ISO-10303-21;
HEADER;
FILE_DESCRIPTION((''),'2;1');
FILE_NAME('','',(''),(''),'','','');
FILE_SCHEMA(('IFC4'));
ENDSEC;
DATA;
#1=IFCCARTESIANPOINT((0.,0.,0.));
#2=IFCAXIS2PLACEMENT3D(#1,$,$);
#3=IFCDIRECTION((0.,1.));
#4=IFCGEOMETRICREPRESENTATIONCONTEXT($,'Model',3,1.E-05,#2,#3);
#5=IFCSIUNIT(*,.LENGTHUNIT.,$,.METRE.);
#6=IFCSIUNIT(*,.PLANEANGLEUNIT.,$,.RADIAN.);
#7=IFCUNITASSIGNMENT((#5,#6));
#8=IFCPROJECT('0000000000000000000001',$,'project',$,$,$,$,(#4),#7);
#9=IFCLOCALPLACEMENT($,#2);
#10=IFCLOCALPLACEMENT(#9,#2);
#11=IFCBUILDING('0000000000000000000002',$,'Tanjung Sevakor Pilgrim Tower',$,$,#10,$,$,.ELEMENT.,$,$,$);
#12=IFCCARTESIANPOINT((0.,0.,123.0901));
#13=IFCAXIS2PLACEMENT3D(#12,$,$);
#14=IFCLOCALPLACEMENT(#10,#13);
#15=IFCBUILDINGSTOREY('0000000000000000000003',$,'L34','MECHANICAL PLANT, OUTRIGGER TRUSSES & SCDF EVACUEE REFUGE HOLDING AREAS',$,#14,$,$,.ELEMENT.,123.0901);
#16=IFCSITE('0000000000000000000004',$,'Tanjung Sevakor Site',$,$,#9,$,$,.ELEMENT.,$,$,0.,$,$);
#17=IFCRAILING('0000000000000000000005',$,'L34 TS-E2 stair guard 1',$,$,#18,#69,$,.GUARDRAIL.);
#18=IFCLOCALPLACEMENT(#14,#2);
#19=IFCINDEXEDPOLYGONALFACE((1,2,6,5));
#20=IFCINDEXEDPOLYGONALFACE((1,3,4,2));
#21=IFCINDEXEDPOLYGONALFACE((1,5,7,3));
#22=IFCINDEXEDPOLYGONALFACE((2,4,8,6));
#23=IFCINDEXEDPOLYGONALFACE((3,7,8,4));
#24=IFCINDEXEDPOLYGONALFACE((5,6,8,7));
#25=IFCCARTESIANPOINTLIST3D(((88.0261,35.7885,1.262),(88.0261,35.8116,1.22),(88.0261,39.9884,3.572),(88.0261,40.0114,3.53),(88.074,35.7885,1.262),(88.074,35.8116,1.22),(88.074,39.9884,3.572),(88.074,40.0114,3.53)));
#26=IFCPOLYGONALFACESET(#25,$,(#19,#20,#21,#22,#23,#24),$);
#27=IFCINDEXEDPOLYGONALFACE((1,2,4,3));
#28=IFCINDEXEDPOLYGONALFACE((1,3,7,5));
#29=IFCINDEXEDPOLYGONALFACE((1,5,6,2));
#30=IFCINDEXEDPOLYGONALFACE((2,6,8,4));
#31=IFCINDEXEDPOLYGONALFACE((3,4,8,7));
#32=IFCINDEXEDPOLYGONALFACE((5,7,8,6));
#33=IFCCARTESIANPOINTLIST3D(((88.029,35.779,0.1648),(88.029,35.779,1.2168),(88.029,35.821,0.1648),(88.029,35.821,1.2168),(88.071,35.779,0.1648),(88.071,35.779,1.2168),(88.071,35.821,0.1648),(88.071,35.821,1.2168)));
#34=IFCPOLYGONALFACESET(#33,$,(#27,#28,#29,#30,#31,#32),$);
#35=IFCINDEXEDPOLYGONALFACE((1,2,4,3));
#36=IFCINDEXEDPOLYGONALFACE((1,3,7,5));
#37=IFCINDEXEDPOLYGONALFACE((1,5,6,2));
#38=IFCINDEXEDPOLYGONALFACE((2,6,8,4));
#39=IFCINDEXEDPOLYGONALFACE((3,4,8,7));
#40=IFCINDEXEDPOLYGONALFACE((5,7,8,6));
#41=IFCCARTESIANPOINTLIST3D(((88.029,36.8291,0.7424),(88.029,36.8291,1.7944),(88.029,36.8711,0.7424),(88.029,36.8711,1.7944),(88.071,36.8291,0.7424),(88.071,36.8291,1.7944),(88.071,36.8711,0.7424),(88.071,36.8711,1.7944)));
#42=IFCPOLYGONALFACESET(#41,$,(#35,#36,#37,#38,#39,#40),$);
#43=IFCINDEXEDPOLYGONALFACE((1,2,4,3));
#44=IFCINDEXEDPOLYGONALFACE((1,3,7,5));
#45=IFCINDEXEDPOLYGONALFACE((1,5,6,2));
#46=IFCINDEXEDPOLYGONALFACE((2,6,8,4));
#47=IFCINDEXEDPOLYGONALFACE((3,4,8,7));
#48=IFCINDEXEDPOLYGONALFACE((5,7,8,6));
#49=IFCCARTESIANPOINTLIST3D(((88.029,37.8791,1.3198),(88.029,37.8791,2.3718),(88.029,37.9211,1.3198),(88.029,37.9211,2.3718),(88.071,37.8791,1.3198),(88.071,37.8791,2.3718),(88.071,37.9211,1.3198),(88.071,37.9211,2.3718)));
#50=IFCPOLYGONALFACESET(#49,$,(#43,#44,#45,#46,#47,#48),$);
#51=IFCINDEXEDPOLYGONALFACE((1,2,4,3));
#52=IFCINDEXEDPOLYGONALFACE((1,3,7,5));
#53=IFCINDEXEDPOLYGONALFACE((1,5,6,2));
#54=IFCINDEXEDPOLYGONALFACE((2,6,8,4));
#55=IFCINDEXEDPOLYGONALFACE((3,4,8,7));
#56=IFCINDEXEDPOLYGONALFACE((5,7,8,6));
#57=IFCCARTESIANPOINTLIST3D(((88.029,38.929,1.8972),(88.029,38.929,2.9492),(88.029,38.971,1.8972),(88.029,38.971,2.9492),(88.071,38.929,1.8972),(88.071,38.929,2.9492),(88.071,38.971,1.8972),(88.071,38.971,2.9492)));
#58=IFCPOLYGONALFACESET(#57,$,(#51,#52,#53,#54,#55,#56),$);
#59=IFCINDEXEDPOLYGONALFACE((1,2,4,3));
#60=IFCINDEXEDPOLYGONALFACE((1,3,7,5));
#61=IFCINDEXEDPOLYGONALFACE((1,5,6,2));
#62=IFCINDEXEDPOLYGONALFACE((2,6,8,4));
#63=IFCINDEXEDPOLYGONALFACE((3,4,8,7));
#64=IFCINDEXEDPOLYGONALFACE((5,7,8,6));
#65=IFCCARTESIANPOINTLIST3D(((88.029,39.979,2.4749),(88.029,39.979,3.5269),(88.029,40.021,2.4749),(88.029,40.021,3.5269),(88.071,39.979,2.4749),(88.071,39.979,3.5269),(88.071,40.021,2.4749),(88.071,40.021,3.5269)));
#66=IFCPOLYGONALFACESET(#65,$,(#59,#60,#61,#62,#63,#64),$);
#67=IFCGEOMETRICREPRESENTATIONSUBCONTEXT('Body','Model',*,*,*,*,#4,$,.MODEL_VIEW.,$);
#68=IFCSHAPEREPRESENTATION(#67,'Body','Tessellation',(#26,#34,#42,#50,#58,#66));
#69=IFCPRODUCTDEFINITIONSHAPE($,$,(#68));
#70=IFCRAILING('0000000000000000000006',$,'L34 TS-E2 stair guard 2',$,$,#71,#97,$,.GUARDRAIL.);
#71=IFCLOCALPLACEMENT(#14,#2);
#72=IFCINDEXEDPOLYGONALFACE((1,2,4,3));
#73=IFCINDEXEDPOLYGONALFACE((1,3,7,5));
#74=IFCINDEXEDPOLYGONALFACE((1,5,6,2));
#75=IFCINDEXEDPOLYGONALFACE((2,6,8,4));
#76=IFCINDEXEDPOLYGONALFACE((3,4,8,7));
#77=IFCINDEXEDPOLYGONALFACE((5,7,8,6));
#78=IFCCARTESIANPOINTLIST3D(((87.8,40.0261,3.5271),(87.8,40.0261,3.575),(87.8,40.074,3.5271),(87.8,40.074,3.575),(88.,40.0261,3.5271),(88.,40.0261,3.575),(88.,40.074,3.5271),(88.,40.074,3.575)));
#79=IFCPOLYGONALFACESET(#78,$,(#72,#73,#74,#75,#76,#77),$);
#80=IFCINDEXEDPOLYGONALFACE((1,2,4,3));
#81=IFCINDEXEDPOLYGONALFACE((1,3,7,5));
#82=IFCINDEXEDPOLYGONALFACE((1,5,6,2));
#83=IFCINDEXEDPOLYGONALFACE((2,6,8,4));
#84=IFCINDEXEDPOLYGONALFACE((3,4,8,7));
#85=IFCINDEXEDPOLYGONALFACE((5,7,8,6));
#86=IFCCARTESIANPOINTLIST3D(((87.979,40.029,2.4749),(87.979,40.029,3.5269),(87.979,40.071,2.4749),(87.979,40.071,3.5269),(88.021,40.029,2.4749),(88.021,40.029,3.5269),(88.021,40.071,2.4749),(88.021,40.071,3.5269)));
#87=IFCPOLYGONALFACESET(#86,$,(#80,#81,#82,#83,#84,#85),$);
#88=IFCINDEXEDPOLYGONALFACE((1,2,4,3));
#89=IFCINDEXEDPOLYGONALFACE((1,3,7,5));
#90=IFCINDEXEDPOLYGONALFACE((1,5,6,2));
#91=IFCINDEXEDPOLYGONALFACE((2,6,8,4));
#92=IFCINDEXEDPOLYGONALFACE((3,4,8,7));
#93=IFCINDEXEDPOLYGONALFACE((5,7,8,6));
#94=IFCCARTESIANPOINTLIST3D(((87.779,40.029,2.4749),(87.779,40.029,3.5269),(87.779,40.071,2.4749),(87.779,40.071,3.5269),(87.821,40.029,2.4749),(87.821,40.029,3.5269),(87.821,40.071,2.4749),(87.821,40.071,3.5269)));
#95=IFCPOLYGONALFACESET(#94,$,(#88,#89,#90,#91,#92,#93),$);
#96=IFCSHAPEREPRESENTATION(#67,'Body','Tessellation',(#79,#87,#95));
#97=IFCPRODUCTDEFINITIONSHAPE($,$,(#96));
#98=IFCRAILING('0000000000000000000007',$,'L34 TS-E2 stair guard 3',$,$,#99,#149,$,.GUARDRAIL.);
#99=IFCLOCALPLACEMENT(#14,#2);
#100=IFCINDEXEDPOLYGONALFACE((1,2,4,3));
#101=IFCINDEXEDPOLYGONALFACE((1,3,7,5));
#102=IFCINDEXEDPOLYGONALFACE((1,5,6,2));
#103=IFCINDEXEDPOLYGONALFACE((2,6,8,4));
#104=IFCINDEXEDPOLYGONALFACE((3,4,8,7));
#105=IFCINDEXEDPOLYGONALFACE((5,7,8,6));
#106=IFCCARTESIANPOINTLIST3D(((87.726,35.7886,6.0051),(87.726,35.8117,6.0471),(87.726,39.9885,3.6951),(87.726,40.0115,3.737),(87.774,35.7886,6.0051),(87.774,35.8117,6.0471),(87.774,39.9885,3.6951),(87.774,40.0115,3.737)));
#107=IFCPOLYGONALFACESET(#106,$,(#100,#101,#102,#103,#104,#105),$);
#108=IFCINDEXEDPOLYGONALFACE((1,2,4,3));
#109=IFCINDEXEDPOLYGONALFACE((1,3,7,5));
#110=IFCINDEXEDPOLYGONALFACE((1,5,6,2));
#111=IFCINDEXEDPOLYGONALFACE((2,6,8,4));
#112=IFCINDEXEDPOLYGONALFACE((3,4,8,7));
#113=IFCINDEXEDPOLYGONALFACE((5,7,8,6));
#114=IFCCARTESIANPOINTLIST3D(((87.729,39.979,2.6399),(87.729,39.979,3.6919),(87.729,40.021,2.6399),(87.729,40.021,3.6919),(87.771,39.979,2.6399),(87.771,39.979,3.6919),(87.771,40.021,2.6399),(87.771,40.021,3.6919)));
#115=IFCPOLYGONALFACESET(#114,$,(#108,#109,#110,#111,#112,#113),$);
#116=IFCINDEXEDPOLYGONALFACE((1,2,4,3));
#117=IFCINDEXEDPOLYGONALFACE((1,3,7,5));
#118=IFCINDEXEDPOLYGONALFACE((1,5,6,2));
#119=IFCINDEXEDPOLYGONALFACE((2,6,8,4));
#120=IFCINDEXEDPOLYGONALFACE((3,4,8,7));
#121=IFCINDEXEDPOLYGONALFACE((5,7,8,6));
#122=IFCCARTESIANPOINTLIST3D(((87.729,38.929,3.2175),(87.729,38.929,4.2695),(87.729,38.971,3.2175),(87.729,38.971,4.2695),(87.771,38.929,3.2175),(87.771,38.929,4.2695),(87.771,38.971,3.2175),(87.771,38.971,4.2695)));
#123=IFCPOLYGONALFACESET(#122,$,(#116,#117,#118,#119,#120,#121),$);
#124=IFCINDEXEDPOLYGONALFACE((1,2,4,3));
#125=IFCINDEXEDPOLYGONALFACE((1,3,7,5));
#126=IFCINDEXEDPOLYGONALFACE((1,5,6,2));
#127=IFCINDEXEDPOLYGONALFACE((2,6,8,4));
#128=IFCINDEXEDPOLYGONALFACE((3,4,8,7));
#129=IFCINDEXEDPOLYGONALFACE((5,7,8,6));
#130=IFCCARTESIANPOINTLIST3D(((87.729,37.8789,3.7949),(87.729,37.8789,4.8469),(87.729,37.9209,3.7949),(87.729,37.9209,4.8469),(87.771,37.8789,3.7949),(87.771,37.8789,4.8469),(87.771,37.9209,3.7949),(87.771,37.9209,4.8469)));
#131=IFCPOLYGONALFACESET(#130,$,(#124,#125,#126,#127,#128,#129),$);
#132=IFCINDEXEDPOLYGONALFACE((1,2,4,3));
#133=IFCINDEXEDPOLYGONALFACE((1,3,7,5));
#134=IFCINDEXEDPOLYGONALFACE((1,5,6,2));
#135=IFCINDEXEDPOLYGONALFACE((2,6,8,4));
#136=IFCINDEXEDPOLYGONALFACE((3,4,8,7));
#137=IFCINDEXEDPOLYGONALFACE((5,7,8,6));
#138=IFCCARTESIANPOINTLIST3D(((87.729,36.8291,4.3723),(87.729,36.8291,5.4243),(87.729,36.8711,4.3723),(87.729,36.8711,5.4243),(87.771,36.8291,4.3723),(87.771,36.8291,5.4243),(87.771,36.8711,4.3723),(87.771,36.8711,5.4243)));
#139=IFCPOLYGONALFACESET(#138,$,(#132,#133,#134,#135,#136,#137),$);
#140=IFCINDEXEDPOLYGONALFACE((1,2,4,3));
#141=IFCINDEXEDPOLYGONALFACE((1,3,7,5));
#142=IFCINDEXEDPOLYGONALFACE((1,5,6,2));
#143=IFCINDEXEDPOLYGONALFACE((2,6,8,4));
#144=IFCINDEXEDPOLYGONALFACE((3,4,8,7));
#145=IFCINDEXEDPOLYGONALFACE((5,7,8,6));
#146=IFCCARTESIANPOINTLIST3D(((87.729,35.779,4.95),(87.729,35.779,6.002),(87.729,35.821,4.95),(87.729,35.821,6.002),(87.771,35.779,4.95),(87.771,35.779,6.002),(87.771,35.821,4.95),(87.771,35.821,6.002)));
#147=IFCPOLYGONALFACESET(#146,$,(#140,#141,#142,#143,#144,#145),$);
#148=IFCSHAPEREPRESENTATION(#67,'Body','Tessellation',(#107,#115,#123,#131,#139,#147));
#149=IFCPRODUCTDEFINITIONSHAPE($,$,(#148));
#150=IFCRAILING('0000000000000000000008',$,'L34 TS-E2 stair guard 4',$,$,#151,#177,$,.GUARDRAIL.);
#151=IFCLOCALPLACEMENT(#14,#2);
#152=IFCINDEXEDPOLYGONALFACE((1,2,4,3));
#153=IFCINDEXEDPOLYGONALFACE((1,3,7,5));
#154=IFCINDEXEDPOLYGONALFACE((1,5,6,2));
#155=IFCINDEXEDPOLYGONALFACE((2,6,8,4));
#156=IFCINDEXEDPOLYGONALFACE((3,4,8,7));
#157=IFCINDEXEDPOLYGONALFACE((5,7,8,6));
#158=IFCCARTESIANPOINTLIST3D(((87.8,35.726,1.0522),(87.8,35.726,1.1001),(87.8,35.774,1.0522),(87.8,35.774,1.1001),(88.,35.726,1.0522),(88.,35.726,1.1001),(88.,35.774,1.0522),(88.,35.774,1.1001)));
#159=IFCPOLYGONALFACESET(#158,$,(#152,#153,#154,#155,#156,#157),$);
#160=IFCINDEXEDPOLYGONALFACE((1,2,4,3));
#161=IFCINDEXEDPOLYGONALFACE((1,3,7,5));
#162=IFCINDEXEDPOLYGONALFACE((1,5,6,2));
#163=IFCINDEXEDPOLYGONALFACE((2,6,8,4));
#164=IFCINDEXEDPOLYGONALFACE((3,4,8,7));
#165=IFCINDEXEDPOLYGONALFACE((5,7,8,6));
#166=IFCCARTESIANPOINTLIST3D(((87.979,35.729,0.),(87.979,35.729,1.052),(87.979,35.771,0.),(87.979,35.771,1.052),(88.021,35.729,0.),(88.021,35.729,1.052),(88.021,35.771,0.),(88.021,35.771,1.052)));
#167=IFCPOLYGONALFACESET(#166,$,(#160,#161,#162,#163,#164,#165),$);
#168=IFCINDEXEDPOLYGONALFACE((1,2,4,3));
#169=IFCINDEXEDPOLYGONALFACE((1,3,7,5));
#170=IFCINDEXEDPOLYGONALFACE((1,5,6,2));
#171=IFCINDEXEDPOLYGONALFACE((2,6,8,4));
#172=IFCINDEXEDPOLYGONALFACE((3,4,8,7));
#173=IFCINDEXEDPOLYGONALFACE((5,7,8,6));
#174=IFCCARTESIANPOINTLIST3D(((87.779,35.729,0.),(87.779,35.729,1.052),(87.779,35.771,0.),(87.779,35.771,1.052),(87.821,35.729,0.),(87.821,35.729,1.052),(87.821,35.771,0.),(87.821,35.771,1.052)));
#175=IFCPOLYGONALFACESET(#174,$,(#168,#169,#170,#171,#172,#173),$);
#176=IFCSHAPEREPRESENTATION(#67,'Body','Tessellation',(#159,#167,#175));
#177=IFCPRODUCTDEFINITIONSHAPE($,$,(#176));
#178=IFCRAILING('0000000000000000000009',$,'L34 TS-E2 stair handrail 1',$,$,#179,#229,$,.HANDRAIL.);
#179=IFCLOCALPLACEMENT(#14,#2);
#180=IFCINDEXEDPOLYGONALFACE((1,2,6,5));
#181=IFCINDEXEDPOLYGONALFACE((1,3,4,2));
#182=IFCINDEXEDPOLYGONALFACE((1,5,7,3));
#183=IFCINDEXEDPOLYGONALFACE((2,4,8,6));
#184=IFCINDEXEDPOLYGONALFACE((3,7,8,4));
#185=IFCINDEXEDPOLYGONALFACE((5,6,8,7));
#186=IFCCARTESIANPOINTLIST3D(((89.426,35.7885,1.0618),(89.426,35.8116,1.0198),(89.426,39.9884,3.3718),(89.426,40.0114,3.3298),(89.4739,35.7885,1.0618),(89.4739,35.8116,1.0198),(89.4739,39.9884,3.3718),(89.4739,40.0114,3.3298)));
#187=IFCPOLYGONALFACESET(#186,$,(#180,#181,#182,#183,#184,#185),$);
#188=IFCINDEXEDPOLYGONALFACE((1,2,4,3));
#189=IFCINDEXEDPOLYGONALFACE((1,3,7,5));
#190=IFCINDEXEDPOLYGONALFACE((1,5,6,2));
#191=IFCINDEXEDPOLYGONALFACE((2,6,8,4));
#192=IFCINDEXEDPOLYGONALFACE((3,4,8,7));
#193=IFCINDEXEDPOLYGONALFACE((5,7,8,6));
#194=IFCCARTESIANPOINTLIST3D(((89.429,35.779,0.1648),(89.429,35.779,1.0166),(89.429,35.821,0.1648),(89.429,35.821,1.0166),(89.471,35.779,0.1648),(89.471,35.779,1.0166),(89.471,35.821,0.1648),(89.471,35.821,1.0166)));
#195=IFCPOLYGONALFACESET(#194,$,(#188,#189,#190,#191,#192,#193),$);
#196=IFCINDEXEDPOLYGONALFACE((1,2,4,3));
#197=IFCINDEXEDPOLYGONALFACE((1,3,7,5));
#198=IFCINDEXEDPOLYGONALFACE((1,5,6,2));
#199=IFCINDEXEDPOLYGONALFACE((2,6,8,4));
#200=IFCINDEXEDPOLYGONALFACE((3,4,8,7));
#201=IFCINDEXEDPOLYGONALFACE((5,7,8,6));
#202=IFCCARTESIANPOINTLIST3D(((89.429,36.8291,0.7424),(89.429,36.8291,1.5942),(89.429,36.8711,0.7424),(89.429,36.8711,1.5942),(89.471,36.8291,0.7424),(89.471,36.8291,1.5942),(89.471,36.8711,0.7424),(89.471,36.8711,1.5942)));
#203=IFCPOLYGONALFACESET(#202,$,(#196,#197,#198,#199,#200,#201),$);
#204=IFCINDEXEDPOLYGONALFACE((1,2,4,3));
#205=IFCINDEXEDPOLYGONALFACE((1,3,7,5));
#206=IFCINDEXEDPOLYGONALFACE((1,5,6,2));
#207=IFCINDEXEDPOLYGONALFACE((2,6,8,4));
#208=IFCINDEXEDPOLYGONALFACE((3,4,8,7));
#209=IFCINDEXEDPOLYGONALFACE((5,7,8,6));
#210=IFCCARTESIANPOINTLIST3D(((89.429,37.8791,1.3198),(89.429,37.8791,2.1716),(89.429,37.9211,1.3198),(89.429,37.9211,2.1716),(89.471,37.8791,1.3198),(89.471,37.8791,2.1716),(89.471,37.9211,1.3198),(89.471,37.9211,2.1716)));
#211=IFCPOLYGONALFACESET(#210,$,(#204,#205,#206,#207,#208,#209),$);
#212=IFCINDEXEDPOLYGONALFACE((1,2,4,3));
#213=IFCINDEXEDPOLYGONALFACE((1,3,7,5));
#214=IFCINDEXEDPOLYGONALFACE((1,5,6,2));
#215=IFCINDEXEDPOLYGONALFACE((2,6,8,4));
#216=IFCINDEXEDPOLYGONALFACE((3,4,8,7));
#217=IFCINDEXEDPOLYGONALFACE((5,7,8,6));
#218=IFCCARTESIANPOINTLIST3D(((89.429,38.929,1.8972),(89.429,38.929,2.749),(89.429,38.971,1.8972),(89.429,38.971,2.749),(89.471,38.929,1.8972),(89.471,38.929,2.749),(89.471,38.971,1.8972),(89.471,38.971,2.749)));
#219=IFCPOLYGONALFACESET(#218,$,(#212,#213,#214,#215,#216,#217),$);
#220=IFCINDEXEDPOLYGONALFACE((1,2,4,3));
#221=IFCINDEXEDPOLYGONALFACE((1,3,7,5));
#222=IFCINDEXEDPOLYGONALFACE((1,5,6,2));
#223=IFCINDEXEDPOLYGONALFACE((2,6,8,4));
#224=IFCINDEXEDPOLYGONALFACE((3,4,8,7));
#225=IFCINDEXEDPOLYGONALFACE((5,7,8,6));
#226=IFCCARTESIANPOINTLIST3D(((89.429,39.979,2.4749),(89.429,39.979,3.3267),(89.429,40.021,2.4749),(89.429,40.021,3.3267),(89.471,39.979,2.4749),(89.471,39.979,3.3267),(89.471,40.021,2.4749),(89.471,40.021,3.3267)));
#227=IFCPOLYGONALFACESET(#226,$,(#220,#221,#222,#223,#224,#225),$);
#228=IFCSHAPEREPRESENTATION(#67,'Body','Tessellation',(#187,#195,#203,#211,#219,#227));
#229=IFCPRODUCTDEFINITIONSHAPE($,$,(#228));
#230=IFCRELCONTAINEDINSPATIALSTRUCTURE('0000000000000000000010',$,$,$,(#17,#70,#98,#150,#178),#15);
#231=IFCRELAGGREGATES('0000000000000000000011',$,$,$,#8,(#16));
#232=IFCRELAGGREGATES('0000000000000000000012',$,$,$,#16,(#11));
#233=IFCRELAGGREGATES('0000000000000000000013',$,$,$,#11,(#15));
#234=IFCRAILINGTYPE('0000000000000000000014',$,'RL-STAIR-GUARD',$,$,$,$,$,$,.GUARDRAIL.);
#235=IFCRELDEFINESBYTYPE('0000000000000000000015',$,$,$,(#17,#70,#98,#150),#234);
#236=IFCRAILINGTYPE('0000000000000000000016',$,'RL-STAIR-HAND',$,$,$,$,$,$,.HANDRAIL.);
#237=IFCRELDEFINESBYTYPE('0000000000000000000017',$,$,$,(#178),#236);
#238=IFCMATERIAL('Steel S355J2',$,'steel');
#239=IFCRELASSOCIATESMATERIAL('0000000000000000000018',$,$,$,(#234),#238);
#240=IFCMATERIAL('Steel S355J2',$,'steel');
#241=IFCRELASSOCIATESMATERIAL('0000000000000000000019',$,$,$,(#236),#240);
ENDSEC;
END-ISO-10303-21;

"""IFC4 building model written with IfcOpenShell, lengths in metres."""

from ifc_helpers import new_model, si_unit, direction, frame, origin, place, context, subcontext, project, spatial, rectangle, extrude, material, type_object, element, save


model = new_model("IFC4")

# Units and contexts
model_context = context("Model", 3, precision=1e-05, world=origin(), true_north=direction((0.0, 1.0)))
body_context = subcontext(model_context, "Body", "Model", "MODEL_VIEW")
ifc_project = project(units=[si_unit("LENGTHUNIT", "METRE"), si_unit("PLANEANGLEUNIT", "RADIAN")], contexts=[model_context])

# Site, building, storey
site_placement = place(None, origin())
site = spatial("IfcSite", under=ifc_project, at=site_placement, Name="Tanjung Sevakor Site", CompositionType="ELEMENT", RefElevation=0.0)
building_placement = place(site_placement, origin())
building = spatial("IfcBuilding", under=site, at=building_placement, Name="Tanjung Sevakor Pilgrim Tower", CompositionType="ELEMENT")
storey_placement = place(building_placement, frame((0.0, 0.0, 123.0901)))
storey = spatial("IfcBuildingStorey", under=building, at=storey_placement, Name="L34", Description="MECHANICAL PLANT, OUTRIGGER TRUSSES & SCDF EVACUEE REFUGE HOLDING AREAS", CompositionType="ELEMENT", Elevation=123.0901)

# Railings
ifc_material_1 = material(Name="Steel S355J2", Category="steel")
railing_type_1 = type_object("IfcRailingType", Name="RL-STAIR-GUARD", PredefinedType="GUARDRAIL", material=ifc_material_1)
railing_1_placement = place(storey_placement, frame((88.05, 35.8, 0.1648)))
element("IfcRailing", 1, at=railing_1_placement, inside=storey, type_object=railing_type_1, Name="L34 TS-E2 stair guard 1", PredefinedType="GUARDRAIL", context=body_context, shape_type="SweptSolid", body=[
    extrude(rectangle(XDim=0.0479, YDim=0.0479), frame((0.0, 0.0, 1.0762), z_axis=(0.0, 0.876208, 0.481932), x_axis=(-1.0, 0.0, 0.0)), (0.0, 0.0, 1.0), 4.7932),
    extrude(rectangle(XDim=0.042, YDim=0.042), origin(), (0.0, 0.0, 1.0), 1.052),
    extrude(rectangle(XDim=0.042, YDim=0.042), frame((0.0, 1.05, 0.5776)), (0.0, 0.0, 1.0), 1.052),
    extrude(rectangle(XDim=0.042, YDim=0.042), frame((0.0, 2.1001, 1.155)), (0.0, 0.0, 1.0), 1.052),
    extrude(rectangle(XDim=0.042, YDim=0.042), frame((0.0, 3.1499, 1.7324)), (0.0, 0.0, 1.0), 1.052),
    extrude(rectangle(XDim=0.042, YDim=0.042), frame((0.0, 4.2, 2.3101)), (0.0, 0.0, 1.0), 1.052),
])
railing_2_placement = place(storey_placement, frame((88.0, 40.05, 2.4749)))
element("IfcRailing", 2, at=railing_2_placement, inside=storey, type_object=railing_type_1, Name="L34 TS-E2 stair guard 2", PredefinedType="GUARDRAIL", context=body_context, shape_type="SweptSolid", body=[
    extrude(rectangle(XDim=0.0479, YDim=0.0479), frame((0.0, 0.0, 1.0762), z_axis=(-1.0, 0.0, 0.0), x_axis=(0.0, -1.0, 0.0)), (0.0, 0.0, 1.0), 0.2),
    extrude(rectangle(XDim=0.042, YDim=0.042), origin(), (0.0, 0.0, 1.0), 1.052),
    extrude(rectangle(XDim=0.042, YDim=0.042), frame((-0.2, 0.0, 0.0)), (0.0, 0.0, 1.0), 1.052),
])
railing_3_placement = place(storey_placement, frame((87.75, 40.0, 2.6399)))
element("IfcRailing", 3, at=railing_3_placement, inside=storey, type_object=railing_type_1, Name="L34 TS-E2 stair guard 3", PredefinedType="GUARDRAIL", context=body_context, shape_type="SweptSolid", body=[
    extrude(rectangle(XDim=0.0479, YDim=0.0479), frame((0.0, 0.0, 1.0762), z_axis=(0.0, -0.876208, 0.481932), x_axis=(1.0, 0.0, 0.0)), (0.0, 0.0, 1.0), 4.7932),
    extrude(rectangle(XDim=0.042, YDim=0.042), origin(), (0.0, 0.0, 1.0), 1.052),
    extrude(rectangle(XDim=0.042, YDim=0.042), frame((0.0, -1.05, 0.5776)), (0.0, 0.0, 1.0), 1.052),
    extrude(rectangle(XDim=0.042, YDim=0.042), frame((0.0, -2.1001, 1.155)), (0.0, 0.0, 1.0), 1.052),
    extrude(rectangle(XDim=0.042, YDim=0.042), frame((0.0, -3.1499, 1.7324)), (0.0, 0.0, 1.0), 1.052),
    extrude(rectangle(XDim=0.042, YDim=0.042), frame((0.0, -4.2, 2.3101)), (0.0, 0.0, 1.0), 1.052),
])
railing_4_placement = place(storey_placement, frame((88.0, 35.75, 0.0)))
element("IfcRailing", 4, at=railing_4_placement, inside=storey, type_object=railing_type_1, Name="L34 TS-E2 stair guard 4", PredefinedType="GUARDRAIL", context=body_context, shape_type="SweptSolid", body=[
    extrude(rectangle(XDim=0.0479, YDim=0.0479), frame((0.0, 0.0, 1.0762), z_axis=(-1.0, 0.0, 0.0), x_axis=(0.0, -1.0, 0.0)), (0.0, 0.0, 1.0), 0.2),
    extrude(rectangle(XDim=0.042, YDim=0.042), origin(), (0.0, 0.0, 1.0), 1.052),
    extrude(rectangle(XDim=0.042, YDim=0.042), frame((-0.2, 0.0, 0.0)), (0.0, 0.0, 1.0), 1.052),
])
ifc_material_2 = material(Name="Steel S355J2", Category="steel")
railing_type_2 = type_object("IfcRailingType", Name="RL-STAIR-HAND", PredefinedType="HANDRAIL", material=ifc_material_2)
railing_5_placement = place(storey_placement, frame((89.45, 35.8, 0.1648)))
element("IfcRailing", 5, at=railing_5_placement, inside=storey, type_object=railing_type_2, Name="L34 TS-E2 stair handrail 1", PredefinedType="HANDRAIL", context=body_context, shape_type="SweptSolid", body=[
    extrude(rectangle(XDim=0.0479, YDim=0.0479), frame((0.0, 0.0, 0.876), z_axis=(0.0, 0.876208, 0.481932), x_axis=(-1.0, 0.0, 0.0)), (0.0, 0.0, 1.0), 4.7932),
    extrude(rectangle(XDim=0.042, YDim=0.042), origin(), (0.0, 0.0, 1.0), 0.8518),
    extrude(rectangle(XDim=0.042, YDim=0.042), frame((0.0, 1.05, 0.5776)), (0.0, 0.0, 1.0), 0.8518),
    extrude(rectangle(XDim=0.042, YDim=0.042), frame((0.0, 2.1001, 1.155)), (0.0, 0.0, 1.0), 0.8518),
    extrude(rectangle(XDim=0.042, YDim=0.042), frame((0.0, 3.1499, 1.7324)), (0.0, 0.0, 1.0), 0.8518),
    extrude(rectangle(XDim=0.042, YDim=0.042), frame((0.0, 4.2, 2.3101)), (0.0, 0.0, 1.0), 0.8518),
])

save(model, "model.ifc")
